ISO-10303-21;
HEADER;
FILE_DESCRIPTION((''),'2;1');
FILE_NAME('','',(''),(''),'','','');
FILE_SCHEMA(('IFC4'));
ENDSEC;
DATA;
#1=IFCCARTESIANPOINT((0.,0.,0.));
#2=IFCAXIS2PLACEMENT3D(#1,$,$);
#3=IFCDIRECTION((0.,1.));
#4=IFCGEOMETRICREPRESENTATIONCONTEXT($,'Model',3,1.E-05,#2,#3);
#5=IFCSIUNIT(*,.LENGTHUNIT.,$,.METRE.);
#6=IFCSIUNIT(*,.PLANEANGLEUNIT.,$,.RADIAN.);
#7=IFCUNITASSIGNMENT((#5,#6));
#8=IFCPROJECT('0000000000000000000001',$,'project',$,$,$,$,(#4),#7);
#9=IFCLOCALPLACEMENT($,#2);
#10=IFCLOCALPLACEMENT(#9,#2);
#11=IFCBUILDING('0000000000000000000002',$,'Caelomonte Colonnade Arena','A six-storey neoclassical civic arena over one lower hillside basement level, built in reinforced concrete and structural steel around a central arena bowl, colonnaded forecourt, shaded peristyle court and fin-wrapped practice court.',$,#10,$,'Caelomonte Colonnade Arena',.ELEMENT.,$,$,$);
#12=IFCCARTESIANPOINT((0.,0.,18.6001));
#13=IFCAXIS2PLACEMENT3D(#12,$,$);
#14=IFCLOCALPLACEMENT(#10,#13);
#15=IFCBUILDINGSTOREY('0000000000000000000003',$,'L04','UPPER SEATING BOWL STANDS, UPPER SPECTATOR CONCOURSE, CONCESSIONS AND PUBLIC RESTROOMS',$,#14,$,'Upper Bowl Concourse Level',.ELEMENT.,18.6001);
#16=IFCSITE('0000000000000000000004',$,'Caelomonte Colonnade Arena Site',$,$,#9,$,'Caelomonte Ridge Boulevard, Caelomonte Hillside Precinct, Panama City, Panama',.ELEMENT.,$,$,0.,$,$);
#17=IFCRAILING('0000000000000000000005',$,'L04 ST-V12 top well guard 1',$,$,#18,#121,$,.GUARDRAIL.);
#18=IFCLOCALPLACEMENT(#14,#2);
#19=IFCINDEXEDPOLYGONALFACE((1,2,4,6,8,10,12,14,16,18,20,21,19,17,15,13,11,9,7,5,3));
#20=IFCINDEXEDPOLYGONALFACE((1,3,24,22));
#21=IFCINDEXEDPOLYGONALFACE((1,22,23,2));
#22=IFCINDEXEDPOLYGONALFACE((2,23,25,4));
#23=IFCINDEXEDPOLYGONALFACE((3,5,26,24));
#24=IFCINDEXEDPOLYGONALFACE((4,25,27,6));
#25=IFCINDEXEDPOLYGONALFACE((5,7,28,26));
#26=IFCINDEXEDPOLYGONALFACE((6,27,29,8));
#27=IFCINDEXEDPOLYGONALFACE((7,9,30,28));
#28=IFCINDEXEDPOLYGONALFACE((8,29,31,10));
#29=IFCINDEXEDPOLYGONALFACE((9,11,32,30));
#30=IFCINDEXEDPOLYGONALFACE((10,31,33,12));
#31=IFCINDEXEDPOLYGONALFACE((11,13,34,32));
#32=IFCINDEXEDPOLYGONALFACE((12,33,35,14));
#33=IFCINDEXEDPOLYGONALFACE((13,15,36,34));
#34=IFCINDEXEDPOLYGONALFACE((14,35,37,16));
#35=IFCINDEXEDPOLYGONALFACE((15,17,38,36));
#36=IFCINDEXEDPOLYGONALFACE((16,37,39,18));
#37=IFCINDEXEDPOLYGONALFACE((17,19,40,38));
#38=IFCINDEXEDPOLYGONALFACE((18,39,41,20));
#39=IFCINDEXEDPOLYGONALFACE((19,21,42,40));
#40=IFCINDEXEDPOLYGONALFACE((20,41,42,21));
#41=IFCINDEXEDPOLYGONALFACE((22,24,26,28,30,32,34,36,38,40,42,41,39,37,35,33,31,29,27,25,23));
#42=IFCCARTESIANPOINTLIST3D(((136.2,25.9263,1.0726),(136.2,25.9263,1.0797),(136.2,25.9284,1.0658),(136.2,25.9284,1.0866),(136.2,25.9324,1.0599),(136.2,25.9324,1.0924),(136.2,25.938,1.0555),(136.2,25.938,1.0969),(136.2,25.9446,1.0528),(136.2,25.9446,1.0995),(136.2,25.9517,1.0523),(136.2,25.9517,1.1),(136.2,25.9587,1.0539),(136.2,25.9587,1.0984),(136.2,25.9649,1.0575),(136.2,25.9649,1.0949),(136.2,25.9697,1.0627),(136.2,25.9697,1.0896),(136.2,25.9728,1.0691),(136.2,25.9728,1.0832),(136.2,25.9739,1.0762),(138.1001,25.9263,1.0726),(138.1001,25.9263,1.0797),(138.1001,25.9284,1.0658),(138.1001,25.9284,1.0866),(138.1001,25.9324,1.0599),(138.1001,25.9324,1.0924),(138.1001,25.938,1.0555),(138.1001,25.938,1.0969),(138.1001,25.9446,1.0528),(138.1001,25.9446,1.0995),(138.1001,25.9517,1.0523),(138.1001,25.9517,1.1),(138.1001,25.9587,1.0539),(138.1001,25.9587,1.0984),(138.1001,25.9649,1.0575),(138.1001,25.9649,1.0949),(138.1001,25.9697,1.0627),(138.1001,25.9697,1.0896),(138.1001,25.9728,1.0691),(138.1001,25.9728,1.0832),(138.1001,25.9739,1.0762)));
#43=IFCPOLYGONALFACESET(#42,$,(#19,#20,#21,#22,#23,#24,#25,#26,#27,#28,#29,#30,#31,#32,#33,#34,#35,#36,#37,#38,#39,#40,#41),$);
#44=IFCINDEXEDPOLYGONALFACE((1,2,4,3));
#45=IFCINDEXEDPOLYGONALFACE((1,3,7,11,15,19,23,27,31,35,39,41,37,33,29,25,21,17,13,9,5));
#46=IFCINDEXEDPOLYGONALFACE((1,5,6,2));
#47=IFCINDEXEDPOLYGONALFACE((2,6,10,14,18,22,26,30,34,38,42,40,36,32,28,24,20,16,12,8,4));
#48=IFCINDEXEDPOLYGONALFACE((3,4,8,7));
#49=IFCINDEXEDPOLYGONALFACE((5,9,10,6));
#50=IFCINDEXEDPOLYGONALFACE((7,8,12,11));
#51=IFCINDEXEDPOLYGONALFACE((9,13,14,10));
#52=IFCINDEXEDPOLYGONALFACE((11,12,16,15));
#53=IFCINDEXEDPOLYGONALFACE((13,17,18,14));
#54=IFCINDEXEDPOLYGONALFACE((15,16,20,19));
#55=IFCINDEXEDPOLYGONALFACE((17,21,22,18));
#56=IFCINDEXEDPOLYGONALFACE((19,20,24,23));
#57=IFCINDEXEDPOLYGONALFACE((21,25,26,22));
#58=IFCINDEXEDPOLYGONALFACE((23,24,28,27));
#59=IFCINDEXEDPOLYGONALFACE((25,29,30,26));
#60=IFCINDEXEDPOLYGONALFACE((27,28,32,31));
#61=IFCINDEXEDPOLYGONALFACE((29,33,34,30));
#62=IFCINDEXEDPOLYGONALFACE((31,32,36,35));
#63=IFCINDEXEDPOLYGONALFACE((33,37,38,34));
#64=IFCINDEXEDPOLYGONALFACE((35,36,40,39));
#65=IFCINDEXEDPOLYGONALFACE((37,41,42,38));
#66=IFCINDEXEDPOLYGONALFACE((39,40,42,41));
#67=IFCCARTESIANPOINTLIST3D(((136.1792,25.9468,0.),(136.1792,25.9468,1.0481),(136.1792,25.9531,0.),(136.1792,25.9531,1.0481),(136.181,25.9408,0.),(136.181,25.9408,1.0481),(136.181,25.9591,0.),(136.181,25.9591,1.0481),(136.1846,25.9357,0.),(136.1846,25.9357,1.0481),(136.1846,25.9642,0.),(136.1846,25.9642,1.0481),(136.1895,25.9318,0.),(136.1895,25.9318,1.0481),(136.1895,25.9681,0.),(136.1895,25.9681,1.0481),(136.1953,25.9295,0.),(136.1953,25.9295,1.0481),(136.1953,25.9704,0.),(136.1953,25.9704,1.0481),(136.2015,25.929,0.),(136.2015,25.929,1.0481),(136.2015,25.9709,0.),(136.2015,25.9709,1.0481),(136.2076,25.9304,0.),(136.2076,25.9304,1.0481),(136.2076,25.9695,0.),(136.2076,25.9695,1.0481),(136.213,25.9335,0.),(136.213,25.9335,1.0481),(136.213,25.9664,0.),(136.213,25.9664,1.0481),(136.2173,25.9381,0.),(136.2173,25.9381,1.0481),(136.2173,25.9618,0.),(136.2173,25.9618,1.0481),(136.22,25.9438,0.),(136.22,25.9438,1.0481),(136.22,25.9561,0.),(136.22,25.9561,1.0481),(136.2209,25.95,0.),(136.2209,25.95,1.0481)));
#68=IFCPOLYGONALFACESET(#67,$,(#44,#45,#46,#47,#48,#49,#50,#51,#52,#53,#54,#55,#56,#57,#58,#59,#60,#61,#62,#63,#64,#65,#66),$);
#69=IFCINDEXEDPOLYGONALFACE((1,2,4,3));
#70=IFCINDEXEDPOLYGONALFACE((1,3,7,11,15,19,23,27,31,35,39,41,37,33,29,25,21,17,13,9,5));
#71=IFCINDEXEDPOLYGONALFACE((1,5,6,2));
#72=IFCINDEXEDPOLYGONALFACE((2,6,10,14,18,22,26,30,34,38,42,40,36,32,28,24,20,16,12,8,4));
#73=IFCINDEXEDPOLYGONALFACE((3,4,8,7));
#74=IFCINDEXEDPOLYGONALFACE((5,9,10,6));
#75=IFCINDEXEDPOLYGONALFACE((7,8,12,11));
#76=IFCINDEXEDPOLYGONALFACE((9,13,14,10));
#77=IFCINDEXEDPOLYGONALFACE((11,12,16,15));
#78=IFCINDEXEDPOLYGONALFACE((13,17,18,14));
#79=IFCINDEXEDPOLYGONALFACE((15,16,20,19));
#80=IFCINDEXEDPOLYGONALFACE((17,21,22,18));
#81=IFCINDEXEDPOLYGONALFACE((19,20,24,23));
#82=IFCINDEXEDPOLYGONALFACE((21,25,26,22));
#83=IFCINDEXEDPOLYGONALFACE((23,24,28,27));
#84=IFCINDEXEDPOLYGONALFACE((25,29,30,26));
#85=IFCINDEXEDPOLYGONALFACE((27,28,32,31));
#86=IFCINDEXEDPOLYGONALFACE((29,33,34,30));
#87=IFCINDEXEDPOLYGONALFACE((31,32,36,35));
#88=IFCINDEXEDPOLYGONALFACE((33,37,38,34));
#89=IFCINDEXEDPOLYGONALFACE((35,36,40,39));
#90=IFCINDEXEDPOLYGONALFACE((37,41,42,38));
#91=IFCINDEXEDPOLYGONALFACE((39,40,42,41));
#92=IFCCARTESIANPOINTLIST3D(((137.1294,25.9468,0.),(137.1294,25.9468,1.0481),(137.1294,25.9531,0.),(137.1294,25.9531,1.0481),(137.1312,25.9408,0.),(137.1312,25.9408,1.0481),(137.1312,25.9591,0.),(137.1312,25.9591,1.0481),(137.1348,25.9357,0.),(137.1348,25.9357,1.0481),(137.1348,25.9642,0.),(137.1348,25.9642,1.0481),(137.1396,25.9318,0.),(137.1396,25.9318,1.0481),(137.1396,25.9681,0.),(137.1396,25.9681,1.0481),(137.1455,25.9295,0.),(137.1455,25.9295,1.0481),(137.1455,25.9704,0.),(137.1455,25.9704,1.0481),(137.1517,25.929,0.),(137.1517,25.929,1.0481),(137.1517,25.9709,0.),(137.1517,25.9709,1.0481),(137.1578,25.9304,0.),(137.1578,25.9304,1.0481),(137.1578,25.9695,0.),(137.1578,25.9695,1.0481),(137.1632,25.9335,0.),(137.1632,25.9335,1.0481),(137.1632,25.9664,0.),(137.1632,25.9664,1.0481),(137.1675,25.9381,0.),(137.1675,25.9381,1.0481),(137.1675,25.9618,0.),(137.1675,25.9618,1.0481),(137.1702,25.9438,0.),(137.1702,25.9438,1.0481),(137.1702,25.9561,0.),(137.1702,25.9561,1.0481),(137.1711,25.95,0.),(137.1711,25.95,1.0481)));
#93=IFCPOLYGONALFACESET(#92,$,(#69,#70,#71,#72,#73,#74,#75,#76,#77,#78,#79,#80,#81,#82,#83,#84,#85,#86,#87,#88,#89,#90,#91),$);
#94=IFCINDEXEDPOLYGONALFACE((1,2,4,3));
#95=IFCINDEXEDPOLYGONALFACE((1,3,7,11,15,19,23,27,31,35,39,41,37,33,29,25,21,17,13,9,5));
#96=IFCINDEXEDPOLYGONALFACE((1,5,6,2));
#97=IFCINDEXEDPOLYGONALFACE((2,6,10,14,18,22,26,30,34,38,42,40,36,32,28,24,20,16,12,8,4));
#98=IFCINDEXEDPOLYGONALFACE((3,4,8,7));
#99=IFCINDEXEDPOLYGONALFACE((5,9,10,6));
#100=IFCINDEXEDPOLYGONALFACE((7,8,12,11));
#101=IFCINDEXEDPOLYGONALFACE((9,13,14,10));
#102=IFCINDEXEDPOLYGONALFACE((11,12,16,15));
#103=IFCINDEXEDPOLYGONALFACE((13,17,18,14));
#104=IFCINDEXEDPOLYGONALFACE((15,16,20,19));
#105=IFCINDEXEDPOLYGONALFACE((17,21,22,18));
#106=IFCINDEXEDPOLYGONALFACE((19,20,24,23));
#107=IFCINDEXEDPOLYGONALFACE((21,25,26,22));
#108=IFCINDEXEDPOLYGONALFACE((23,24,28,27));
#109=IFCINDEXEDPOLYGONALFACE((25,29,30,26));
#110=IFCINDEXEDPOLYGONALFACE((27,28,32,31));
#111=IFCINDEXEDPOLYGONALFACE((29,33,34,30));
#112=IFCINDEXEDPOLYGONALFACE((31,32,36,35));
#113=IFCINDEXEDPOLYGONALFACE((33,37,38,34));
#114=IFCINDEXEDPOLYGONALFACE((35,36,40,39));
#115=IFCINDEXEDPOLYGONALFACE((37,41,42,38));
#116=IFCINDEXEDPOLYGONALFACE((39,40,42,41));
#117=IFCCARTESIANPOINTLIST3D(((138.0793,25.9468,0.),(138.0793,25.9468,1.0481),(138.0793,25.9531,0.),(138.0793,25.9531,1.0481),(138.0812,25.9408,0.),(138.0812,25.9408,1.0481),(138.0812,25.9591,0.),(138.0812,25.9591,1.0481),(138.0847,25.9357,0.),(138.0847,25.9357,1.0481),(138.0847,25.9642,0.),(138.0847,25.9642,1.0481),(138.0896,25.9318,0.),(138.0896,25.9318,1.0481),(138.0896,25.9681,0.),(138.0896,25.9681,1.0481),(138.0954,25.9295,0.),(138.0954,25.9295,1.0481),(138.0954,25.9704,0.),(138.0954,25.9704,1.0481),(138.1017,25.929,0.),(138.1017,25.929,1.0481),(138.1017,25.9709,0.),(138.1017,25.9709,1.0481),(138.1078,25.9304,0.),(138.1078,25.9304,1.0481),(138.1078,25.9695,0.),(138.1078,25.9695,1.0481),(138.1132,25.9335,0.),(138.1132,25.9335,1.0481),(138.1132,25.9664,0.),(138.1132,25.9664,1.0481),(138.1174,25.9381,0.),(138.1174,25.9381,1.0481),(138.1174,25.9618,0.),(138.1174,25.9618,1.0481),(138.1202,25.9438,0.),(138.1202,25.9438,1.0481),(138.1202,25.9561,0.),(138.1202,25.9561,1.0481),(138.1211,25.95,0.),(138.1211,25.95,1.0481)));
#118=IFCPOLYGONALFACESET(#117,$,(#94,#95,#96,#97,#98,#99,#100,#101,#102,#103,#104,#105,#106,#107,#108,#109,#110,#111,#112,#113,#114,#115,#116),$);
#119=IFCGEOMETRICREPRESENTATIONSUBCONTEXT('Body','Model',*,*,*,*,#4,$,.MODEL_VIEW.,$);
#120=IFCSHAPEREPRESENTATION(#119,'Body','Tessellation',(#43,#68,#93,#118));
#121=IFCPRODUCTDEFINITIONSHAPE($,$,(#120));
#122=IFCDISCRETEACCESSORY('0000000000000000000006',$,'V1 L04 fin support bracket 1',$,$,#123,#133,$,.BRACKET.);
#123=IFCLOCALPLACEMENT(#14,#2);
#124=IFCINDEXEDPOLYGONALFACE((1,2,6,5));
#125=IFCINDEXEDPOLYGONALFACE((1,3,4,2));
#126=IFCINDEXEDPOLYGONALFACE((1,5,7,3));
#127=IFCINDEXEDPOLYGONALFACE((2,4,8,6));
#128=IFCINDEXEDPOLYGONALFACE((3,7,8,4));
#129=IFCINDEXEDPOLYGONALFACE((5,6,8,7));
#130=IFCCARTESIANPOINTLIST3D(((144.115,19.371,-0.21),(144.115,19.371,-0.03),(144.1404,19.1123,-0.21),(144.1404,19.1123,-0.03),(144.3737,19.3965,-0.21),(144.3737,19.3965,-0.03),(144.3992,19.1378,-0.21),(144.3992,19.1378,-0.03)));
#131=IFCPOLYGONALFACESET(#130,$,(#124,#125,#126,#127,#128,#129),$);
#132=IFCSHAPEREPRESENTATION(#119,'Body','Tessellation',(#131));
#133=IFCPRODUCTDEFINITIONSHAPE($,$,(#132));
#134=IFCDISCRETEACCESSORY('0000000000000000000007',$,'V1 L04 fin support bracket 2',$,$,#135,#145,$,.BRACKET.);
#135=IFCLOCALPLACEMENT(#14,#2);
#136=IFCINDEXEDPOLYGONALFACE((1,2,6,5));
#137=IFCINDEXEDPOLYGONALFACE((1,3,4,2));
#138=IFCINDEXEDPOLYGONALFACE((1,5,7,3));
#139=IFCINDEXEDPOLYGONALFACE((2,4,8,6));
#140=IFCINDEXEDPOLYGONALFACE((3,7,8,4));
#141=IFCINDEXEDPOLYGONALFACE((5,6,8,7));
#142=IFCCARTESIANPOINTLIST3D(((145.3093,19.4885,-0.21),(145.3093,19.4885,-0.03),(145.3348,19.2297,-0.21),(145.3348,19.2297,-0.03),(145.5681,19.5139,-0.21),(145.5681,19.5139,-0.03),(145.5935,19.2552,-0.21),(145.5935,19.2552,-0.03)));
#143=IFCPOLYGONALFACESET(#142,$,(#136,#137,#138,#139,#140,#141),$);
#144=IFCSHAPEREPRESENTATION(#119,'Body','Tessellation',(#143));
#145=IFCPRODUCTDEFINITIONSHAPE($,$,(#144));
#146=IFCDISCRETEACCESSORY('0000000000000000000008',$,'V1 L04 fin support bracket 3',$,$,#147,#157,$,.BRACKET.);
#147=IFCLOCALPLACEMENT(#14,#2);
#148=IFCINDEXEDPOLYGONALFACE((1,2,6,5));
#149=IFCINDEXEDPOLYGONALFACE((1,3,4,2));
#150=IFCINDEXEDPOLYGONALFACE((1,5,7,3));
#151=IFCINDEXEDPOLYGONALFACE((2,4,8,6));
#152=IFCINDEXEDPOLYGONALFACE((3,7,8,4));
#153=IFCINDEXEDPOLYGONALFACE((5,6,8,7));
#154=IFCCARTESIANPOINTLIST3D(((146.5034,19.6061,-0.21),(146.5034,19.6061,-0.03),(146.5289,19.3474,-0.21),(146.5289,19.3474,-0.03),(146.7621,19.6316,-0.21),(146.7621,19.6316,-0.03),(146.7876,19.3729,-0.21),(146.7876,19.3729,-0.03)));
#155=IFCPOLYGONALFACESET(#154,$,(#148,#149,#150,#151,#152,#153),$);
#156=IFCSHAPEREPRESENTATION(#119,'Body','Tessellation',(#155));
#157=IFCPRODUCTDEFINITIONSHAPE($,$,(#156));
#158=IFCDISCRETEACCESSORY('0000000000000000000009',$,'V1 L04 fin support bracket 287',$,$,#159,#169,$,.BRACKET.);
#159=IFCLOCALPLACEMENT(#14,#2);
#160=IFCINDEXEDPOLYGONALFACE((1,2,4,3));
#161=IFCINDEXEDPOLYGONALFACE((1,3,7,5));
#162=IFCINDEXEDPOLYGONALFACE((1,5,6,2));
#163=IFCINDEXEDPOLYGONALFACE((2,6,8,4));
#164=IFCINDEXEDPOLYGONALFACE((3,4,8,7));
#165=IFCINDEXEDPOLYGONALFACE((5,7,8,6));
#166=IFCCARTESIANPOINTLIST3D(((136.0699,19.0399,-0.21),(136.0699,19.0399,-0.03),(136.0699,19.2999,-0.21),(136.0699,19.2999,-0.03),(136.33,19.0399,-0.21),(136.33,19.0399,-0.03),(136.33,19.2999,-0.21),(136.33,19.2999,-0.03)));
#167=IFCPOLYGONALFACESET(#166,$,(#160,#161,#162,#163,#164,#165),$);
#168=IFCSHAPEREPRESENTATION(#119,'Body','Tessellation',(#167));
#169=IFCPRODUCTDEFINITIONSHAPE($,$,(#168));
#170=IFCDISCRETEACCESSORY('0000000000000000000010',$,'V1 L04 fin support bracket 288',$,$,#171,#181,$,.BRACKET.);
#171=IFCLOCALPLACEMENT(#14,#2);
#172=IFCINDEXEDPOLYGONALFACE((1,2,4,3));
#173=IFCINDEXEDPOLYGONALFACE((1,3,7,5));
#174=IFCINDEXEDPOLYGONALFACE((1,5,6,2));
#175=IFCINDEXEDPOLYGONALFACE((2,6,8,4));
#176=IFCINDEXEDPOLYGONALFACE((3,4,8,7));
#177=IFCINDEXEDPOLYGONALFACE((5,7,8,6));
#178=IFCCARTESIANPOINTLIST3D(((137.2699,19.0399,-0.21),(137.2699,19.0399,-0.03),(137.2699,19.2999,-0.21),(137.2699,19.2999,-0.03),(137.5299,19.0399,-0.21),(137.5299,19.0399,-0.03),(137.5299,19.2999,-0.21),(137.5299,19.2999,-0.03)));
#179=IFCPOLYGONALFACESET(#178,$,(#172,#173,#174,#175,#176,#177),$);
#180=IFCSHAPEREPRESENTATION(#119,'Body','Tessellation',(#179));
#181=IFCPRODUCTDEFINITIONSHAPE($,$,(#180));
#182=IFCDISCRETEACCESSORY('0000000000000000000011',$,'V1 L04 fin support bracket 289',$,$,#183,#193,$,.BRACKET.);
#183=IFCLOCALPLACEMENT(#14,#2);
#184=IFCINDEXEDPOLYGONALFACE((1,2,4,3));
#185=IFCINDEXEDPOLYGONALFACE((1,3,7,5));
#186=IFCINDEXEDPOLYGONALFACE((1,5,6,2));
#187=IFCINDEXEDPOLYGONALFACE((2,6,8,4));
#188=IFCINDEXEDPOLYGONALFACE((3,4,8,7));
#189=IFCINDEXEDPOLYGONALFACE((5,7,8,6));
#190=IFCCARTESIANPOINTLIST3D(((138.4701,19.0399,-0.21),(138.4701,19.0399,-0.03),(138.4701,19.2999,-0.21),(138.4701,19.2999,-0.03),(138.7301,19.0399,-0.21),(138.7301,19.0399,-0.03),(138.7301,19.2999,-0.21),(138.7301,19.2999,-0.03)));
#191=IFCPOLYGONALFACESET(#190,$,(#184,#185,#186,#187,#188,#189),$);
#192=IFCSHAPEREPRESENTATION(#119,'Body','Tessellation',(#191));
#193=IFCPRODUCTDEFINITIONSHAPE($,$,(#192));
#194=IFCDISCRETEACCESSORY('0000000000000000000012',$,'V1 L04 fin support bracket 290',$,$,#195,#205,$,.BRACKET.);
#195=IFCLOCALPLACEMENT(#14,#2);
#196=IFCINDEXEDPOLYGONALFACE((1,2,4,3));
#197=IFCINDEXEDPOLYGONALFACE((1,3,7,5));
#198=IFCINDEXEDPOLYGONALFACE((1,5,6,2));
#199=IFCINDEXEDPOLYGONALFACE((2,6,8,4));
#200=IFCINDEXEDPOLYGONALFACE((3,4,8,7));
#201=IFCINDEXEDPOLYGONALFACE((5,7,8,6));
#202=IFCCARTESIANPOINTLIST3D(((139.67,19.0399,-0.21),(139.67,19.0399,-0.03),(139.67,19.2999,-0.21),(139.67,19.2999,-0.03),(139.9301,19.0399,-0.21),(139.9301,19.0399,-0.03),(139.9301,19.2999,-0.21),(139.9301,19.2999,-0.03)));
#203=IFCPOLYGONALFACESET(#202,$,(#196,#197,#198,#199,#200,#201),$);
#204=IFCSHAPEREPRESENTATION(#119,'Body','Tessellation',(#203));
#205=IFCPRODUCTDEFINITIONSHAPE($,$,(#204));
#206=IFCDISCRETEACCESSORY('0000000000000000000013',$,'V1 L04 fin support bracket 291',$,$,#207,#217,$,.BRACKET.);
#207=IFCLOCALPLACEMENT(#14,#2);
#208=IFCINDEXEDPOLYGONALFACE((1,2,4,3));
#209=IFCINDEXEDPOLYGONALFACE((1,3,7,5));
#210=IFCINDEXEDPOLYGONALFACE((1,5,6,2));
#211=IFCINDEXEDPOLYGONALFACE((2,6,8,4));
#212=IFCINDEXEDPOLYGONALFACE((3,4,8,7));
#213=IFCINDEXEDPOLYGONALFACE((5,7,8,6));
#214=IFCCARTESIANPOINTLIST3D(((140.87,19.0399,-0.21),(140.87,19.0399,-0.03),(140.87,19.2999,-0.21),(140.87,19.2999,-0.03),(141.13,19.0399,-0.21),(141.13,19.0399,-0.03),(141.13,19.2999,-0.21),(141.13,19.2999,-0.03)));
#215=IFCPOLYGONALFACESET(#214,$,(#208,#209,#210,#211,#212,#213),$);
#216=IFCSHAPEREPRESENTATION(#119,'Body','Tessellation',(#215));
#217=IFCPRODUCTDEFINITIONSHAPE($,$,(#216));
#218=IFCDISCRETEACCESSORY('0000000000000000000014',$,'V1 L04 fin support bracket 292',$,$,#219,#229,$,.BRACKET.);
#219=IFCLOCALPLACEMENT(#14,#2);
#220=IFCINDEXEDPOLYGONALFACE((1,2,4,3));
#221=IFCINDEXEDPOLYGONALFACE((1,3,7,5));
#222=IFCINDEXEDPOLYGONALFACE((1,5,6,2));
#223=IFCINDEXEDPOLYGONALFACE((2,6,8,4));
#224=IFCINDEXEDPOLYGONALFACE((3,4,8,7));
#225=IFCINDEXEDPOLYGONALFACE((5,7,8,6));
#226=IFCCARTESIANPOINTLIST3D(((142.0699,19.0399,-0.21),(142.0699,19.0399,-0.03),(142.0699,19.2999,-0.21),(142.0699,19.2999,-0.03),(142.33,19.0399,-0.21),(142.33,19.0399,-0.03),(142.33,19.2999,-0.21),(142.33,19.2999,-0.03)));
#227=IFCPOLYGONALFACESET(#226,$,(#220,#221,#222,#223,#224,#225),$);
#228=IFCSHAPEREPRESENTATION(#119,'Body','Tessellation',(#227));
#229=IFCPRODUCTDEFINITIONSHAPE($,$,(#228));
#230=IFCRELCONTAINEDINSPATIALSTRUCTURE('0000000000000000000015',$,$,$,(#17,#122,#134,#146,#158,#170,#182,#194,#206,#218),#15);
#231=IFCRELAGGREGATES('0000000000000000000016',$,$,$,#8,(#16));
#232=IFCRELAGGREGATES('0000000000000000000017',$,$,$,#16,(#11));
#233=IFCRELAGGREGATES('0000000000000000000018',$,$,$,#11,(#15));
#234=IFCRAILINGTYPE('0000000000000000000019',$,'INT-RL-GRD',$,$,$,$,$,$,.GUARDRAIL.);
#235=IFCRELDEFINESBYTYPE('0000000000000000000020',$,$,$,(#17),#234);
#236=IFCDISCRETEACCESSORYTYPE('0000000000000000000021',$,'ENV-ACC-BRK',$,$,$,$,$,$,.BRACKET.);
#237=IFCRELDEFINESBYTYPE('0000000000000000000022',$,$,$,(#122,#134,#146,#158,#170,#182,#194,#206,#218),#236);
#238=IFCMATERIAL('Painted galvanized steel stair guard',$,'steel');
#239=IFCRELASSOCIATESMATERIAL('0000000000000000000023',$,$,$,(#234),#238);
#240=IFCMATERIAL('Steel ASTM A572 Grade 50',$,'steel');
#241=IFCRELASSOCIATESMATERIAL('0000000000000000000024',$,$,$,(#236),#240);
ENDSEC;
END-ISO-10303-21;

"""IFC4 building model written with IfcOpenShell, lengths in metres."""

from ifc_helpers import new_model, si_unit, direction, frame, origin, origin_2d, place, context, subcontext, project, spatial, rectangle, circle, extrude, material, type_object, element, save


model = new_model("IFC4")

# Units and contexts
model_context = context("Model", 3, precision=1e-05, world=origin(), true_north=direction((0.0, 1.0)))
body_context = subcontext(model_context, "Body", "Model", "MODEL_VIEW")
ifc_project = project(units=[si_unit("LENGTHUNIT", "METRE"), si_unit("PLANEANGLEUNIT", "RADIAN")], contexts=[model_context])

# Site, building, storey
site_placement = place(None, origin())
site = spatial("IfcSite", under=ifc_project, at=site_placement, Name="Caelomonte Colonnade Arena Site", LongName="Caelomonte Ridge Boulevard, Caelomonte Hillside Precinct, Panama City, Panama", CompositionType="ELEMENT", RefElevation=0.0)
building_placement = place(site_placement, origin())
building = spatial("IfcBuilding", under=site, at=building_placement, Name="Caelomonte Colonnade Arena", Description="A six-storey neoclassical civic arena over one lower hillside basement level, built in reinforced concrete and structural steel around a central arena bowl, colonnaded forecourt, shaded peristyle court and fin-wrapped practice court.", LongName="Caelomonte Colonnade Arena", CompositionType="ELEMENT")
storey_placement = place(building_placement, frame((0.0, 0.0, 18.6001)))
storey = spatial("IfcBuildingStorey", under=building, at=storey_placement, Name="L04", Description="UPPER SEATING BOWL STANDS, UPPER SPECTATOR CONCOURSE, CONCESSIONS AND PUBLIC RESTROOMS", LongName="Upper Bowl Concourse Level", CompositionType="ELEMENT", Elevation=18.6001)

# Railing
ifc_material_1 = material(Name="Painted galvanized steel stair guard", Category="steel")
railing_type_1 = type_object("IfcRailingType", Name="INT-RL-GRD", PredefinedType="GUARDRAIL", material=ifc_material_1)
railing_1_placement = place(storey_placement, frame((136.2, 25.95, 0.0)))
element("IfcRailing", 1, at=railing_1_placement, inside=storey, type_object=railing_type_1, Name="L04 ST-V12 top well guard 1", PredefinedType="GUARDRAIL", context=body_context, shape_type="SweptSolid", body=[
    extrude(circle(Radius=0.0239, at=origin_2d()), frame((0.0, 0.0, 1.0762), z_axis=(1.0, 0.0, 0.0), x_axis=(0.0, 1.0, 0.0)), (0.0, 0.0, 1.0), 1.9001),
    extrude(circle(Radius=0.021, at=origin_2d()), origin(), (0.0, 0.0, 1.0), 1.0481),
    extrude(circle(Radius=0.021, at=origin_2d()), frame((0.9502, 0.0, 0.0)), (0.0, 0.0, 1.0), 1.0481),
    extrude(circle(Radius=0.021, at=origin_2d()), frame((1.9001, 0.0, 0.0)), (0.0, 0.0, 1.0), 1.0481),
])

# Discrete accessories
ifc_material_2 = material(Name="Steel ASTM A572 Grade 50", Category="steel")
discrete_accessory_type = type_object("IfcDiscreteAccessoryType", Name="ENV-ACC-BRK", PredefinedType="BRACKET", material=ifc_material_2)
for number, where, z_axis, x_axis, name in (
    (2, (144.2571, 19.2544, -0.21), (0.0, 0.0, 1.0), (0.995185, 0.098015, 0.0), "V1 L04 fin support bracket 1"),
    (3, (145.4514, 19.3718, -0.21), (0.0, 0.0, 1.0), (0.995185, 0.098015, 0.0), "V1 L04 fin support bracket 2"),
    (4, (146.6455, 19.4895, -0.21), (0.0, 0.0, 1.0), (0.995185, 0.098015, 0.0), "V1 L04 fin support bracket 3"),
    (5, (136.2, 19.1699, -0.21), (0.0, 0.0, 1.0), (1.0, 0.0, 0.0), "V1 L04 fin support bracket 287"),
    (6, (137.3999, 19.1699, -0.21), (0.0, 0.0, 1.0), (1.0, 0.0, 0.0), "V1 L04 fin support bracket 288"),
    (7, (138.6001, 19.1699, -0.21), (0.0, 0.0, 1.0), (1.0, 0.0, 0.0), "V1 L04 fin support bracket 289"),
    (8, (139.8, 19.1699, -0.21), (0.0, 0.0, 1.0), (1.0, 0.0, 0.0), "V1 L04 fin support bracket 290"),
    (9, (141.0, 19.1699, -0.21), (0.0, 0.0, 1.0), (1.0, 0.0, 0.0), "V1 L04 fin support bracket 291"),
    (10, (142.2, 19.1699, -0.21), (0.0, 0.0, 1.0), (1.0, 0.0, 0.0), "V1 L04 fin support bracket 292"),
):
    element("IfcDiscreteAccessory", number, at=place(storey_placement, frame(where, z_axis=z_axis, x_axis=x_axis)), inside=storey, type_object=discrete_accessory_type, Name=name, PredefinedType="BRACKET", context=body_context, shape_type="SweptSolid", body=[
        extrude(rectangle(XDim=0.26, YDim=0.26, at=origin_2d()), origin(), (0.0, 0.0, 1.0), 0.1799),
    ])

save(model, "model.ifc")
